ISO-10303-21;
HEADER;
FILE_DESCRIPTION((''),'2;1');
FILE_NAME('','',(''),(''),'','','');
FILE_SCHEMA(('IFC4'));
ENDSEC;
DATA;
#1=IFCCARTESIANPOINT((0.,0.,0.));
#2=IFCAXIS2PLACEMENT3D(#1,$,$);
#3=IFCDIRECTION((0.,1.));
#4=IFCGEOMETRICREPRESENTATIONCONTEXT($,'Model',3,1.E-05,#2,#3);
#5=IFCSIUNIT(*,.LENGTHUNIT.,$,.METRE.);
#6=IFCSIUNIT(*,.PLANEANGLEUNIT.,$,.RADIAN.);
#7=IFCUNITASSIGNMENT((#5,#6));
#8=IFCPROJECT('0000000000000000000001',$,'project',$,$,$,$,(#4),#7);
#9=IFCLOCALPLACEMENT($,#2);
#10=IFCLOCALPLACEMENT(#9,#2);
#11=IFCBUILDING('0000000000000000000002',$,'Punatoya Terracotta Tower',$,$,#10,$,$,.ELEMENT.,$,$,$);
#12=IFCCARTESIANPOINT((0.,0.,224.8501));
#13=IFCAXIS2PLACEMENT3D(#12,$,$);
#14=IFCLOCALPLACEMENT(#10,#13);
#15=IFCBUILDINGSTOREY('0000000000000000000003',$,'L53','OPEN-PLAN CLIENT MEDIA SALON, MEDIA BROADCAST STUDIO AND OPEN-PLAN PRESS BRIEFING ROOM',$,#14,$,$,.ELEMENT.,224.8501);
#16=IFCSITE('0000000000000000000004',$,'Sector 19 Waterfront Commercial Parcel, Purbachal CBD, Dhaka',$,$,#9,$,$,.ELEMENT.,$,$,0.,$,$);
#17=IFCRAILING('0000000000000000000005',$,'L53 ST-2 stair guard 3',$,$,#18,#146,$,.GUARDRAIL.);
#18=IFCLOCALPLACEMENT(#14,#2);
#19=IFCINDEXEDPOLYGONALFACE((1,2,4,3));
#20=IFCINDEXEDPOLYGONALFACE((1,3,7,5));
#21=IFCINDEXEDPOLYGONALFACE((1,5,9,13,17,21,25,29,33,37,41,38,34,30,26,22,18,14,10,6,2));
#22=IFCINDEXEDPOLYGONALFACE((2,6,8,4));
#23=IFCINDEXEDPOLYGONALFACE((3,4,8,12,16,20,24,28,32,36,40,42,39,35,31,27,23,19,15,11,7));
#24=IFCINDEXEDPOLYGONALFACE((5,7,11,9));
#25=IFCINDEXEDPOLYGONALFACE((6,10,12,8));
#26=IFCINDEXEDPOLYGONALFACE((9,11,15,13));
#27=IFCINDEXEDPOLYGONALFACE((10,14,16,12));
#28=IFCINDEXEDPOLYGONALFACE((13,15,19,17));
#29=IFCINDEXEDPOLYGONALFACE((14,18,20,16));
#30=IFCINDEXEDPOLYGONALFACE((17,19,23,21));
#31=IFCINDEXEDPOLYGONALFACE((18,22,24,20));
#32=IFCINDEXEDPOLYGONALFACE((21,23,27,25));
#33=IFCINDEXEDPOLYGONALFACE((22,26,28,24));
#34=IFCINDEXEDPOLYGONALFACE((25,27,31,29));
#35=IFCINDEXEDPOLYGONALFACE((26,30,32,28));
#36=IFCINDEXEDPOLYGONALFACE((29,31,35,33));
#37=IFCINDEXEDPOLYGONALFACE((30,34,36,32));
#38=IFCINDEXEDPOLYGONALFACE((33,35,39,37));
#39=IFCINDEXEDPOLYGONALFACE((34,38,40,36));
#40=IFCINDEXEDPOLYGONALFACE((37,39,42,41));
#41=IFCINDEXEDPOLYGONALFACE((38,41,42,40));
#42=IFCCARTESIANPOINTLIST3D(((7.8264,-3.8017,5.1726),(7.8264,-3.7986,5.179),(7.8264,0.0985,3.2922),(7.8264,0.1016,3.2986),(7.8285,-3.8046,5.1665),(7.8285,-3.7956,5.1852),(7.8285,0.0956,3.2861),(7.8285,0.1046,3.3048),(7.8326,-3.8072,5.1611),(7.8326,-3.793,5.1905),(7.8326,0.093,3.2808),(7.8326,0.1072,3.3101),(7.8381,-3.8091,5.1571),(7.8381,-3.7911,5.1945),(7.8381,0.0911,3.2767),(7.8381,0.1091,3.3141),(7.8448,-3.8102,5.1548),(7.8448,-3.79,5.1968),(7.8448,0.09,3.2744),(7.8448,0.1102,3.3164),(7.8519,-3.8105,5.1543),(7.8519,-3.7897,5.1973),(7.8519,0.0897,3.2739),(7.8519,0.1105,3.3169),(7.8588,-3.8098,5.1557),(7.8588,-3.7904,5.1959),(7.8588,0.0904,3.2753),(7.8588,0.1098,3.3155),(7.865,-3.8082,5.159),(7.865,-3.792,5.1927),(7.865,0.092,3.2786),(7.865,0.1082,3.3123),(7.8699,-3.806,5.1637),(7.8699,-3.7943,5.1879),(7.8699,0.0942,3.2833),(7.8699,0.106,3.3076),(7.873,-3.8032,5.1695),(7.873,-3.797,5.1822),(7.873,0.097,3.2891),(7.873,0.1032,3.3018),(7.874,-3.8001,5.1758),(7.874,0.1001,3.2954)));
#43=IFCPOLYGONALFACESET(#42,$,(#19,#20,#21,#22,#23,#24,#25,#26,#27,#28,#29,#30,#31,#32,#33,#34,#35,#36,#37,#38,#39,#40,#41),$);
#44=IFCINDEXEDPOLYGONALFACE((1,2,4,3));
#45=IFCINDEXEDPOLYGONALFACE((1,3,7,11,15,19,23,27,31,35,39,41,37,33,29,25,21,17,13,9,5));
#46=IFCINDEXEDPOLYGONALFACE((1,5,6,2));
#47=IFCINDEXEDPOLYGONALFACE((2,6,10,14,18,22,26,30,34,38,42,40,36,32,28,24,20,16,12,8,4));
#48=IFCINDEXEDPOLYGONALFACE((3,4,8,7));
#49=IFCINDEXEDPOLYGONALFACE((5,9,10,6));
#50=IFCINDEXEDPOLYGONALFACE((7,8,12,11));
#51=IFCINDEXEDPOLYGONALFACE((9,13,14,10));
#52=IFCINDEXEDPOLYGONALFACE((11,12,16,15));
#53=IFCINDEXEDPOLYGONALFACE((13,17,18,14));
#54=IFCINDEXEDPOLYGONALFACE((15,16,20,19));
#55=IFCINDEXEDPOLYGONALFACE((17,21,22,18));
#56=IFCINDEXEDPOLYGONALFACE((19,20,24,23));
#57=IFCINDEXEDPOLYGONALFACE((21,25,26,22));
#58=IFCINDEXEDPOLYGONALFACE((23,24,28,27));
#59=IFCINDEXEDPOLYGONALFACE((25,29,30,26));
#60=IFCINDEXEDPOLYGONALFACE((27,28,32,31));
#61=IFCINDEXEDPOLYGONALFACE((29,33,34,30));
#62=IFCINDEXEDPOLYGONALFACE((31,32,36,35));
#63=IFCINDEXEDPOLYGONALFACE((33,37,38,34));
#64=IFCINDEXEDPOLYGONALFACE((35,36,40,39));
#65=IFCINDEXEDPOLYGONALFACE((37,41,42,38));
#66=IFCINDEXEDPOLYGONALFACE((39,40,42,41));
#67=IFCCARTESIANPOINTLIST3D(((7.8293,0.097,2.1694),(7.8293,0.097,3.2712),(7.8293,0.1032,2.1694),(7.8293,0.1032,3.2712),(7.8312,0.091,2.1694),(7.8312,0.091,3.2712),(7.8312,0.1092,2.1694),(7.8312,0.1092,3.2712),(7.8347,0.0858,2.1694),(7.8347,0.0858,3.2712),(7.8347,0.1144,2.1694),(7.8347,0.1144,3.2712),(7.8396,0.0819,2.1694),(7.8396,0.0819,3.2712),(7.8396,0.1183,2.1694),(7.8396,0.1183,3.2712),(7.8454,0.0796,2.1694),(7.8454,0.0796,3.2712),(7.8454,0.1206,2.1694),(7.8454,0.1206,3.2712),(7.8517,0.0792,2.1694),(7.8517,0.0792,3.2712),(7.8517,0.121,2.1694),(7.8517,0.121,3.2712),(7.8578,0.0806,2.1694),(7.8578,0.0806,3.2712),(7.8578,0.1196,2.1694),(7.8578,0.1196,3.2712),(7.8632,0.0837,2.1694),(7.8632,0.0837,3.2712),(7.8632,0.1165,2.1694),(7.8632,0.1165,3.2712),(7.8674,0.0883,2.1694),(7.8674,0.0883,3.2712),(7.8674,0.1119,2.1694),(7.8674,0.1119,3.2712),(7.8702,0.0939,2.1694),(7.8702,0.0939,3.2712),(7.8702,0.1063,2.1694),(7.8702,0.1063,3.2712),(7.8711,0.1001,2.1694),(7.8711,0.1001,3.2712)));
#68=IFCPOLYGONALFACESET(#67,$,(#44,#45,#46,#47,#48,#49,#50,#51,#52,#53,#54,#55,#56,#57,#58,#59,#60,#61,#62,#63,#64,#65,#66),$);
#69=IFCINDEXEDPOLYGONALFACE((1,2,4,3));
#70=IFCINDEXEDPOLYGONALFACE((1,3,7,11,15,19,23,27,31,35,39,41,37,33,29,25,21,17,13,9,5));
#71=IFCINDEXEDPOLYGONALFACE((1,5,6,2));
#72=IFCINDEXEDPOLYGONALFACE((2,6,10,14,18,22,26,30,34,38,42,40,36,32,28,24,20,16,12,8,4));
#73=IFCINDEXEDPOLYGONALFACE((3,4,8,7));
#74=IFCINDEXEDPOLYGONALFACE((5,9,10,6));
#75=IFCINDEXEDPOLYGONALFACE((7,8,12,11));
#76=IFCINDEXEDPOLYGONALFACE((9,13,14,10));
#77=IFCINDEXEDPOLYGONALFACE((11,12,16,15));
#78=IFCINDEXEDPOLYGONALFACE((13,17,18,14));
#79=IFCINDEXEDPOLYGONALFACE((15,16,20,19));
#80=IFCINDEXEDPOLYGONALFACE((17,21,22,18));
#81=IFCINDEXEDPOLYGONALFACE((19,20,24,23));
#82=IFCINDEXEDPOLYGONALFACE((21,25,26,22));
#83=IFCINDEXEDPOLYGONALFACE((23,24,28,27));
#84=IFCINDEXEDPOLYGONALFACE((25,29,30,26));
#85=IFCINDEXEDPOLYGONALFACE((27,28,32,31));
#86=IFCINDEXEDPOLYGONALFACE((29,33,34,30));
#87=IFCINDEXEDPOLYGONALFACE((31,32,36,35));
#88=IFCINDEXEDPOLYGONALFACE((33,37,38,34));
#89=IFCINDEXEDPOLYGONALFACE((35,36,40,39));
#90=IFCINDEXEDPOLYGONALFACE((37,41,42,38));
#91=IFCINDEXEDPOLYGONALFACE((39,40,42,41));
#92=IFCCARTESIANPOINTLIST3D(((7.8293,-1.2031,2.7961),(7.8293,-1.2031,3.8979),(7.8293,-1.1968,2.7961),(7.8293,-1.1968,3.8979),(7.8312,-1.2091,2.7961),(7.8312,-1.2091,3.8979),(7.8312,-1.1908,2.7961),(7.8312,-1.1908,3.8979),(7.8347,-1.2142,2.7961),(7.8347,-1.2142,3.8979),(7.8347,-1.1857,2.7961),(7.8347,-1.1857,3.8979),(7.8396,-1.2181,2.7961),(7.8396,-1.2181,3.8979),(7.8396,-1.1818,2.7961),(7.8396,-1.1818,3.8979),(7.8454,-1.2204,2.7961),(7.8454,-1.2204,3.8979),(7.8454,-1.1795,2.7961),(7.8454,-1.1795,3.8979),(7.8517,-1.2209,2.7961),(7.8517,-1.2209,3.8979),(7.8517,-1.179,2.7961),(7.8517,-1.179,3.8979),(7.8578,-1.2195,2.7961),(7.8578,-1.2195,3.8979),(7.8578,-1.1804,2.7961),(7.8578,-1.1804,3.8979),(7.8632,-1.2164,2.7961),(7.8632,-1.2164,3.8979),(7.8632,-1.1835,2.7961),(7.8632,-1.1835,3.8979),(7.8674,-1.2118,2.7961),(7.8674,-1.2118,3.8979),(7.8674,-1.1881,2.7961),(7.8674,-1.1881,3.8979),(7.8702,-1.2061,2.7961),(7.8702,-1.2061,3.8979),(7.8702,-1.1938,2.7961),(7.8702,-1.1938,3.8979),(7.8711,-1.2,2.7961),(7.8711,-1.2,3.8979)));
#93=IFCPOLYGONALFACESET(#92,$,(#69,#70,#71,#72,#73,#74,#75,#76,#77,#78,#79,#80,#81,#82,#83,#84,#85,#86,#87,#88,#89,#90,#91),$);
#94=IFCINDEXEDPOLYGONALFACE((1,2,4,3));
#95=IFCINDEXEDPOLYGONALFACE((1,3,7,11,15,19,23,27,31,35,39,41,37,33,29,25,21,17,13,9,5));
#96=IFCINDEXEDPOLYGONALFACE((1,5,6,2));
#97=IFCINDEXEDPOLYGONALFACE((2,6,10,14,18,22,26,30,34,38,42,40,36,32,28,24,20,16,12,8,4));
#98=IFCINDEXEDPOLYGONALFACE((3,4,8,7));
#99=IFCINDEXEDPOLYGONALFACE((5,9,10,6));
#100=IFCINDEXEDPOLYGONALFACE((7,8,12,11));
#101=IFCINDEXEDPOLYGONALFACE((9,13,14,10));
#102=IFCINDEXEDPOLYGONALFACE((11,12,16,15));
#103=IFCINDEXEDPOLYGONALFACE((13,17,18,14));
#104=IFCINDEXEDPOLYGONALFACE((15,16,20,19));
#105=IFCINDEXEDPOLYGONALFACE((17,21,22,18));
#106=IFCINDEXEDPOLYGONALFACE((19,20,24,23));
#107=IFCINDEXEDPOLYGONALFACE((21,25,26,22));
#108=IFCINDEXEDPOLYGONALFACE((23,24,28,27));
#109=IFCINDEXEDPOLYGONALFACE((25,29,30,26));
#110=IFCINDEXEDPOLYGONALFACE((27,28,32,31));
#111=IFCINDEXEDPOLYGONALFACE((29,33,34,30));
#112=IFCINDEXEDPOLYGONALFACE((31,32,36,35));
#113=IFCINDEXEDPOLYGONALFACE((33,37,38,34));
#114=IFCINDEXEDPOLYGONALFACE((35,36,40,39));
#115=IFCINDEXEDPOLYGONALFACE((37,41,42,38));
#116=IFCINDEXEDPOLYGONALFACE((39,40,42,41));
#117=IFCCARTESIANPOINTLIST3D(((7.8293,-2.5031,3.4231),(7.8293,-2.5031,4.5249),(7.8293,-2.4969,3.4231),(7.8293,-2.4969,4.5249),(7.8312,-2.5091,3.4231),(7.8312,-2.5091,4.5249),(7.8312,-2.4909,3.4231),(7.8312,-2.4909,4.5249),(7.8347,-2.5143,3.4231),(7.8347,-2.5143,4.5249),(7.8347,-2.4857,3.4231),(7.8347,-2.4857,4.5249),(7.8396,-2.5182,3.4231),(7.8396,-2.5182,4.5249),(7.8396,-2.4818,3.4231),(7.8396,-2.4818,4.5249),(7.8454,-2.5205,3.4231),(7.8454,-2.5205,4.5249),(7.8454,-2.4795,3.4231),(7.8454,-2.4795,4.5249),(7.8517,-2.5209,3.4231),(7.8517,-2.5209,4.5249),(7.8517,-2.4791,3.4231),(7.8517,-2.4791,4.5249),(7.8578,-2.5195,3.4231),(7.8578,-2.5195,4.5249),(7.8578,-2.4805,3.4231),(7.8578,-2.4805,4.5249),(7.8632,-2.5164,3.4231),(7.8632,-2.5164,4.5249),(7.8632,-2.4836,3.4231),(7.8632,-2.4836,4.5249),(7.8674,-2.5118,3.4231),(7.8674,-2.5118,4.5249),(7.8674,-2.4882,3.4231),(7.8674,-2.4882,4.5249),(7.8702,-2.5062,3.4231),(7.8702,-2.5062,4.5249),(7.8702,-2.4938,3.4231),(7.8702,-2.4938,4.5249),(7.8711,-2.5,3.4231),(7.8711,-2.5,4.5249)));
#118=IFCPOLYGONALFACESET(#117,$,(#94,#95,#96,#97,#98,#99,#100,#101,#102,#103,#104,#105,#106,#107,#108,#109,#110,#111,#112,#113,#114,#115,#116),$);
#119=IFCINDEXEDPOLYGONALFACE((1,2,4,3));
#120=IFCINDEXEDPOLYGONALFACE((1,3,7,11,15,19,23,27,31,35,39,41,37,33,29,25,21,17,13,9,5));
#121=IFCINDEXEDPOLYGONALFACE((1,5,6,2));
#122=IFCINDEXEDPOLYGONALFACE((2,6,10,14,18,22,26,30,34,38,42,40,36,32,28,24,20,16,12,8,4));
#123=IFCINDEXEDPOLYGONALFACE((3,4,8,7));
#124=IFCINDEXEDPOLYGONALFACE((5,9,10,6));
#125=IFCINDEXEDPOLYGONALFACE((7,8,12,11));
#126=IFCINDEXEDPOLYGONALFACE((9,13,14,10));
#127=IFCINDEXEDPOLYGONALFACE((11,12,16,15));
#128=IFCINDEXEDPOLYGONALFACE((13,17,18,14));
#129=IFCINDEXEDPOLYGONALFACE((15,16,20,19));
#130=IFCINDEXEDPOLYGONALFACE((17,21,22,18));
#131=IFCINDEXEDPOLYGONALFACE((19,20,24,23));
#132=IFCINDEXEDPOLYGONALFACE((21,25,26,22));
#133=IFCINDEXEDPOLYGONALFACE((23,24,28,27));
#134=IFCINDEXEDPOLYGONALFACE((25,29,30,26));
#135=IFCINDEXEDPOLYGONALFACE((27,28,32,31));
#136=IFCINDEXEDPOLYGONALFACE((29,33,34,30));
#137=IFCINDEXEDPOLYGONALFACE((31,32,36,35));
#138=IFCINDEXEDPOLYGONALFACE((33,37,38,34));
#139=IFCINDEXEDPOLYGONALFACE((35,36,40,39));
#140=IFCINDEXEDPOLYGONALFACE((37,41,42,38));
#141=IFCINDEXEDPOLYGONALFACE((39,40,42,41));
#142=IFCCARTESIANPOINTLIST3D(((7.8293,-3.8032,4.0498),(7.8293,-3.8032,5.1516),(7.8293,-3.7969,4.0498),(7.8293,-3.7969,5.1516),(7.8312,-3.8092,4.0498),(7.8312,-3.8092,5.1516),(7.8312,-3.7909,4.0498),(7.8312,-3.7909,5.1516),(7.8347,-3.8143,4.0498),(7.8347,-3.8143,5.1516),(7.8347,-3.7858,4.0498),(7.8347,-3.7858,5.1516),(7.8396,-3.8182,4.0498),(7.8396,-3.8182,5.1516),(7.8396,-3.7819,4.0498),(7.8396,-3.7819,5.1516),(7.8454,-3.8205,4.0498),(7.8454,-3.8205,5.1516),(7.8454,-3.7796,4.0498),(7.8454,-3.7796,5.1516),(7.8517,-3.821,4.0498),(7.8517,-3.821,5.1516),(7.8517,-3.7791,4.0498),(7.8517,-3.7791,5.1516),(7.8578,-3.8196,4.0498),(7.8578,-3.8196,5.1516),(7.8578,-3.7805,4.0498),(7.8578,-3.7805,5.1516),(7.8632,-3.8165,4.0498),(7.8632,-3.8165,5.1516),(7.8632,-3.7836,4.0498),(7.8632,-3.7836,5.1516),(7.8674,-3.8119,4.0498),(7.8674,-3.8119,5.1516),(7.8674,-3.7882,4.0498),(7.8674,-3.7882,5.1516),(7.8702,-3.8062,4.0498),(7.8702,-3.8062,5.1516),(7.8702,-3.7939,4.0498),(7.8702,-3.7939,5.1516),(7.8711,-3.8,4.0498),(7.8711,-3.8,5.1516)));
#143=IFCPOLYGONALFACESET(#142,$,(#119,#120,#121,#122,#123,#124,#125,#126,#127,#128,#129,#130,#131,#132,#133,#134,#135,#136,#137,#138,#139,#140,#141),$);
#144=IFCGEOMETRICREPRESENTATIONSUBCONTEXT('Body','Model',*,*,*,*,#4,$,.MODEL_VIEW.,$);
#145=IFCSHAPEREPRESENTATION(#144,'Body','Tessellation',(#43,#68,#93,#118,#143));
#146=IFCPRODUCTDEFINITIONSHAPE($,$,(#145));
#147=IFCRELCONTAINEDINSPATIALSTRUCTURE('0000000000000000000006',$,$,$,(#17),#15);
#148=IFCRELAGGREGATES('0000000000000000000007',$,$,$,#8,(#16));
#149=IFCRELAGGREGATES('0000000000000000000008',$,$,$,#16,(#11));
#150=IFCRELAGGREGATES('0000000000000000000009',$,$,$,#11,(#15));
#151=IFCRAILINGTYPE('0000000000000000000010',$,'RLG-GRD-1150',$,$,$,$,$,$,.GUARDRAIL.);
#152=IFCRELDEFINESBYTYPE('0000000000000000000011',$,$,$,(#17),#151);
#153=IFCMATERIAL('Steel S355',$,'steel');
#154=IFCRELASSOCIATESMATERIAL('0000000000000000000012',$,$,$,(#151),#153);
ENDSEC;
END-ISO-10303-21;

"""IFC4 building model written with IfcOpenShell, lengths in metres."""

from ifc_helpers import new_model, si_unit, direction, frame, origin, origin_2d, place, context, subcontext, project, spatial, circle, extrude, material, type_object, element, save


model = new_model("IFC4")

# Units and contexts
model_context = context("Model", 3, precision=1e-05, world=origin(), true_north=direction((0.0, 1.0)))
body_context = subcontext(model_context, "Body", "Model", "MODEL_VIEW")
ifc_project = project(units=[si_unit("LENGTHUNIT", "METRE"), si_unit("PLANEANGLEUNIT", "RADIAN")], contexts=[model_context])

# Site, building, storey
site_placement = place(None, origin())
site = spatial("IfcSite", under=ifc_project, at=site_placement, Name="Sector 19 Waterfront Commercial Parcel, Purbachal CBD, Dhaka", CompositionType="ELEMENT", RefElevation=0.0)
building_placement = place(site_placement, origin())
building = spatial("IfcBuilding", under=site, at=building_placement, Name="Punatoya Terracotta Tower", CompositionType="ELEMENT")
storey_placement = place(building_placement, frame((0.0, 0.0, 224.8501)))
storey = spatial("IfcBuildingStorey", under=building, at=storey_placement, Name="L53", Description="OPEN-PLAN CLIENT MEDIA SALON, MEDIA BROADCAST STUDIO AND OPEN-PLAN PRESS BRIEFING ROOM", CompositionType="ELEMENT", Elevation=224.8501)

# Shared definitions
ifc_material_1 = material(Name="Steel S355", Category="steel")

# Railing
railing_type_1 = type_object("IfcRailingType", Name="RLG-GRD-1150", PredefinedType="GUARDRAIL", material=ifc_material_1)
railing_1_placement = place(storey_placement, frame((7.8501, 0.1001, 2.1694)))
element("IfcRailing", 1, at=railing_1_placement, inside=storey, type_object=railing_type_1, Name="L53 ST-2 stair guard 3", PredefinedType="GUARDRAIL", context=body_context, shape_type="SweptSolid", body=[
    extrude(circle(Radius=0.0239, at=origin_2d()), frame((0.0, 0.0, 1.126), z_axis=(0.0, -0.900774, 0.434289), x_axis=(1.0, 0.0, 0.0)), (0.0, 0.0, 1.0), 4.3298),
    extrude(circle(Radius=0.021, at=origin_2d()), origin(), (0.0, 0.0, 1.0), 1.1018),
    extrude(circle(Radius=0.021, at=origin_2d()), frame((0.0, -1.3, 0.6267)), (0.0, 0.0, 1.0), 1.1018),
    extrude(circle(Radius=0.021, at=origin_2d()), frame((0.0, -2.6001, 1.2537)), (0.0, 0.0, 1.0), 1.1018),
    extrude(circle(Radius=0.021, at=origin_2d()), frame((0.0, -3.9001, 1.8804)), (0.0, 0.0, 1.0), 1.1018),
])

save(model, "model.ifc")
